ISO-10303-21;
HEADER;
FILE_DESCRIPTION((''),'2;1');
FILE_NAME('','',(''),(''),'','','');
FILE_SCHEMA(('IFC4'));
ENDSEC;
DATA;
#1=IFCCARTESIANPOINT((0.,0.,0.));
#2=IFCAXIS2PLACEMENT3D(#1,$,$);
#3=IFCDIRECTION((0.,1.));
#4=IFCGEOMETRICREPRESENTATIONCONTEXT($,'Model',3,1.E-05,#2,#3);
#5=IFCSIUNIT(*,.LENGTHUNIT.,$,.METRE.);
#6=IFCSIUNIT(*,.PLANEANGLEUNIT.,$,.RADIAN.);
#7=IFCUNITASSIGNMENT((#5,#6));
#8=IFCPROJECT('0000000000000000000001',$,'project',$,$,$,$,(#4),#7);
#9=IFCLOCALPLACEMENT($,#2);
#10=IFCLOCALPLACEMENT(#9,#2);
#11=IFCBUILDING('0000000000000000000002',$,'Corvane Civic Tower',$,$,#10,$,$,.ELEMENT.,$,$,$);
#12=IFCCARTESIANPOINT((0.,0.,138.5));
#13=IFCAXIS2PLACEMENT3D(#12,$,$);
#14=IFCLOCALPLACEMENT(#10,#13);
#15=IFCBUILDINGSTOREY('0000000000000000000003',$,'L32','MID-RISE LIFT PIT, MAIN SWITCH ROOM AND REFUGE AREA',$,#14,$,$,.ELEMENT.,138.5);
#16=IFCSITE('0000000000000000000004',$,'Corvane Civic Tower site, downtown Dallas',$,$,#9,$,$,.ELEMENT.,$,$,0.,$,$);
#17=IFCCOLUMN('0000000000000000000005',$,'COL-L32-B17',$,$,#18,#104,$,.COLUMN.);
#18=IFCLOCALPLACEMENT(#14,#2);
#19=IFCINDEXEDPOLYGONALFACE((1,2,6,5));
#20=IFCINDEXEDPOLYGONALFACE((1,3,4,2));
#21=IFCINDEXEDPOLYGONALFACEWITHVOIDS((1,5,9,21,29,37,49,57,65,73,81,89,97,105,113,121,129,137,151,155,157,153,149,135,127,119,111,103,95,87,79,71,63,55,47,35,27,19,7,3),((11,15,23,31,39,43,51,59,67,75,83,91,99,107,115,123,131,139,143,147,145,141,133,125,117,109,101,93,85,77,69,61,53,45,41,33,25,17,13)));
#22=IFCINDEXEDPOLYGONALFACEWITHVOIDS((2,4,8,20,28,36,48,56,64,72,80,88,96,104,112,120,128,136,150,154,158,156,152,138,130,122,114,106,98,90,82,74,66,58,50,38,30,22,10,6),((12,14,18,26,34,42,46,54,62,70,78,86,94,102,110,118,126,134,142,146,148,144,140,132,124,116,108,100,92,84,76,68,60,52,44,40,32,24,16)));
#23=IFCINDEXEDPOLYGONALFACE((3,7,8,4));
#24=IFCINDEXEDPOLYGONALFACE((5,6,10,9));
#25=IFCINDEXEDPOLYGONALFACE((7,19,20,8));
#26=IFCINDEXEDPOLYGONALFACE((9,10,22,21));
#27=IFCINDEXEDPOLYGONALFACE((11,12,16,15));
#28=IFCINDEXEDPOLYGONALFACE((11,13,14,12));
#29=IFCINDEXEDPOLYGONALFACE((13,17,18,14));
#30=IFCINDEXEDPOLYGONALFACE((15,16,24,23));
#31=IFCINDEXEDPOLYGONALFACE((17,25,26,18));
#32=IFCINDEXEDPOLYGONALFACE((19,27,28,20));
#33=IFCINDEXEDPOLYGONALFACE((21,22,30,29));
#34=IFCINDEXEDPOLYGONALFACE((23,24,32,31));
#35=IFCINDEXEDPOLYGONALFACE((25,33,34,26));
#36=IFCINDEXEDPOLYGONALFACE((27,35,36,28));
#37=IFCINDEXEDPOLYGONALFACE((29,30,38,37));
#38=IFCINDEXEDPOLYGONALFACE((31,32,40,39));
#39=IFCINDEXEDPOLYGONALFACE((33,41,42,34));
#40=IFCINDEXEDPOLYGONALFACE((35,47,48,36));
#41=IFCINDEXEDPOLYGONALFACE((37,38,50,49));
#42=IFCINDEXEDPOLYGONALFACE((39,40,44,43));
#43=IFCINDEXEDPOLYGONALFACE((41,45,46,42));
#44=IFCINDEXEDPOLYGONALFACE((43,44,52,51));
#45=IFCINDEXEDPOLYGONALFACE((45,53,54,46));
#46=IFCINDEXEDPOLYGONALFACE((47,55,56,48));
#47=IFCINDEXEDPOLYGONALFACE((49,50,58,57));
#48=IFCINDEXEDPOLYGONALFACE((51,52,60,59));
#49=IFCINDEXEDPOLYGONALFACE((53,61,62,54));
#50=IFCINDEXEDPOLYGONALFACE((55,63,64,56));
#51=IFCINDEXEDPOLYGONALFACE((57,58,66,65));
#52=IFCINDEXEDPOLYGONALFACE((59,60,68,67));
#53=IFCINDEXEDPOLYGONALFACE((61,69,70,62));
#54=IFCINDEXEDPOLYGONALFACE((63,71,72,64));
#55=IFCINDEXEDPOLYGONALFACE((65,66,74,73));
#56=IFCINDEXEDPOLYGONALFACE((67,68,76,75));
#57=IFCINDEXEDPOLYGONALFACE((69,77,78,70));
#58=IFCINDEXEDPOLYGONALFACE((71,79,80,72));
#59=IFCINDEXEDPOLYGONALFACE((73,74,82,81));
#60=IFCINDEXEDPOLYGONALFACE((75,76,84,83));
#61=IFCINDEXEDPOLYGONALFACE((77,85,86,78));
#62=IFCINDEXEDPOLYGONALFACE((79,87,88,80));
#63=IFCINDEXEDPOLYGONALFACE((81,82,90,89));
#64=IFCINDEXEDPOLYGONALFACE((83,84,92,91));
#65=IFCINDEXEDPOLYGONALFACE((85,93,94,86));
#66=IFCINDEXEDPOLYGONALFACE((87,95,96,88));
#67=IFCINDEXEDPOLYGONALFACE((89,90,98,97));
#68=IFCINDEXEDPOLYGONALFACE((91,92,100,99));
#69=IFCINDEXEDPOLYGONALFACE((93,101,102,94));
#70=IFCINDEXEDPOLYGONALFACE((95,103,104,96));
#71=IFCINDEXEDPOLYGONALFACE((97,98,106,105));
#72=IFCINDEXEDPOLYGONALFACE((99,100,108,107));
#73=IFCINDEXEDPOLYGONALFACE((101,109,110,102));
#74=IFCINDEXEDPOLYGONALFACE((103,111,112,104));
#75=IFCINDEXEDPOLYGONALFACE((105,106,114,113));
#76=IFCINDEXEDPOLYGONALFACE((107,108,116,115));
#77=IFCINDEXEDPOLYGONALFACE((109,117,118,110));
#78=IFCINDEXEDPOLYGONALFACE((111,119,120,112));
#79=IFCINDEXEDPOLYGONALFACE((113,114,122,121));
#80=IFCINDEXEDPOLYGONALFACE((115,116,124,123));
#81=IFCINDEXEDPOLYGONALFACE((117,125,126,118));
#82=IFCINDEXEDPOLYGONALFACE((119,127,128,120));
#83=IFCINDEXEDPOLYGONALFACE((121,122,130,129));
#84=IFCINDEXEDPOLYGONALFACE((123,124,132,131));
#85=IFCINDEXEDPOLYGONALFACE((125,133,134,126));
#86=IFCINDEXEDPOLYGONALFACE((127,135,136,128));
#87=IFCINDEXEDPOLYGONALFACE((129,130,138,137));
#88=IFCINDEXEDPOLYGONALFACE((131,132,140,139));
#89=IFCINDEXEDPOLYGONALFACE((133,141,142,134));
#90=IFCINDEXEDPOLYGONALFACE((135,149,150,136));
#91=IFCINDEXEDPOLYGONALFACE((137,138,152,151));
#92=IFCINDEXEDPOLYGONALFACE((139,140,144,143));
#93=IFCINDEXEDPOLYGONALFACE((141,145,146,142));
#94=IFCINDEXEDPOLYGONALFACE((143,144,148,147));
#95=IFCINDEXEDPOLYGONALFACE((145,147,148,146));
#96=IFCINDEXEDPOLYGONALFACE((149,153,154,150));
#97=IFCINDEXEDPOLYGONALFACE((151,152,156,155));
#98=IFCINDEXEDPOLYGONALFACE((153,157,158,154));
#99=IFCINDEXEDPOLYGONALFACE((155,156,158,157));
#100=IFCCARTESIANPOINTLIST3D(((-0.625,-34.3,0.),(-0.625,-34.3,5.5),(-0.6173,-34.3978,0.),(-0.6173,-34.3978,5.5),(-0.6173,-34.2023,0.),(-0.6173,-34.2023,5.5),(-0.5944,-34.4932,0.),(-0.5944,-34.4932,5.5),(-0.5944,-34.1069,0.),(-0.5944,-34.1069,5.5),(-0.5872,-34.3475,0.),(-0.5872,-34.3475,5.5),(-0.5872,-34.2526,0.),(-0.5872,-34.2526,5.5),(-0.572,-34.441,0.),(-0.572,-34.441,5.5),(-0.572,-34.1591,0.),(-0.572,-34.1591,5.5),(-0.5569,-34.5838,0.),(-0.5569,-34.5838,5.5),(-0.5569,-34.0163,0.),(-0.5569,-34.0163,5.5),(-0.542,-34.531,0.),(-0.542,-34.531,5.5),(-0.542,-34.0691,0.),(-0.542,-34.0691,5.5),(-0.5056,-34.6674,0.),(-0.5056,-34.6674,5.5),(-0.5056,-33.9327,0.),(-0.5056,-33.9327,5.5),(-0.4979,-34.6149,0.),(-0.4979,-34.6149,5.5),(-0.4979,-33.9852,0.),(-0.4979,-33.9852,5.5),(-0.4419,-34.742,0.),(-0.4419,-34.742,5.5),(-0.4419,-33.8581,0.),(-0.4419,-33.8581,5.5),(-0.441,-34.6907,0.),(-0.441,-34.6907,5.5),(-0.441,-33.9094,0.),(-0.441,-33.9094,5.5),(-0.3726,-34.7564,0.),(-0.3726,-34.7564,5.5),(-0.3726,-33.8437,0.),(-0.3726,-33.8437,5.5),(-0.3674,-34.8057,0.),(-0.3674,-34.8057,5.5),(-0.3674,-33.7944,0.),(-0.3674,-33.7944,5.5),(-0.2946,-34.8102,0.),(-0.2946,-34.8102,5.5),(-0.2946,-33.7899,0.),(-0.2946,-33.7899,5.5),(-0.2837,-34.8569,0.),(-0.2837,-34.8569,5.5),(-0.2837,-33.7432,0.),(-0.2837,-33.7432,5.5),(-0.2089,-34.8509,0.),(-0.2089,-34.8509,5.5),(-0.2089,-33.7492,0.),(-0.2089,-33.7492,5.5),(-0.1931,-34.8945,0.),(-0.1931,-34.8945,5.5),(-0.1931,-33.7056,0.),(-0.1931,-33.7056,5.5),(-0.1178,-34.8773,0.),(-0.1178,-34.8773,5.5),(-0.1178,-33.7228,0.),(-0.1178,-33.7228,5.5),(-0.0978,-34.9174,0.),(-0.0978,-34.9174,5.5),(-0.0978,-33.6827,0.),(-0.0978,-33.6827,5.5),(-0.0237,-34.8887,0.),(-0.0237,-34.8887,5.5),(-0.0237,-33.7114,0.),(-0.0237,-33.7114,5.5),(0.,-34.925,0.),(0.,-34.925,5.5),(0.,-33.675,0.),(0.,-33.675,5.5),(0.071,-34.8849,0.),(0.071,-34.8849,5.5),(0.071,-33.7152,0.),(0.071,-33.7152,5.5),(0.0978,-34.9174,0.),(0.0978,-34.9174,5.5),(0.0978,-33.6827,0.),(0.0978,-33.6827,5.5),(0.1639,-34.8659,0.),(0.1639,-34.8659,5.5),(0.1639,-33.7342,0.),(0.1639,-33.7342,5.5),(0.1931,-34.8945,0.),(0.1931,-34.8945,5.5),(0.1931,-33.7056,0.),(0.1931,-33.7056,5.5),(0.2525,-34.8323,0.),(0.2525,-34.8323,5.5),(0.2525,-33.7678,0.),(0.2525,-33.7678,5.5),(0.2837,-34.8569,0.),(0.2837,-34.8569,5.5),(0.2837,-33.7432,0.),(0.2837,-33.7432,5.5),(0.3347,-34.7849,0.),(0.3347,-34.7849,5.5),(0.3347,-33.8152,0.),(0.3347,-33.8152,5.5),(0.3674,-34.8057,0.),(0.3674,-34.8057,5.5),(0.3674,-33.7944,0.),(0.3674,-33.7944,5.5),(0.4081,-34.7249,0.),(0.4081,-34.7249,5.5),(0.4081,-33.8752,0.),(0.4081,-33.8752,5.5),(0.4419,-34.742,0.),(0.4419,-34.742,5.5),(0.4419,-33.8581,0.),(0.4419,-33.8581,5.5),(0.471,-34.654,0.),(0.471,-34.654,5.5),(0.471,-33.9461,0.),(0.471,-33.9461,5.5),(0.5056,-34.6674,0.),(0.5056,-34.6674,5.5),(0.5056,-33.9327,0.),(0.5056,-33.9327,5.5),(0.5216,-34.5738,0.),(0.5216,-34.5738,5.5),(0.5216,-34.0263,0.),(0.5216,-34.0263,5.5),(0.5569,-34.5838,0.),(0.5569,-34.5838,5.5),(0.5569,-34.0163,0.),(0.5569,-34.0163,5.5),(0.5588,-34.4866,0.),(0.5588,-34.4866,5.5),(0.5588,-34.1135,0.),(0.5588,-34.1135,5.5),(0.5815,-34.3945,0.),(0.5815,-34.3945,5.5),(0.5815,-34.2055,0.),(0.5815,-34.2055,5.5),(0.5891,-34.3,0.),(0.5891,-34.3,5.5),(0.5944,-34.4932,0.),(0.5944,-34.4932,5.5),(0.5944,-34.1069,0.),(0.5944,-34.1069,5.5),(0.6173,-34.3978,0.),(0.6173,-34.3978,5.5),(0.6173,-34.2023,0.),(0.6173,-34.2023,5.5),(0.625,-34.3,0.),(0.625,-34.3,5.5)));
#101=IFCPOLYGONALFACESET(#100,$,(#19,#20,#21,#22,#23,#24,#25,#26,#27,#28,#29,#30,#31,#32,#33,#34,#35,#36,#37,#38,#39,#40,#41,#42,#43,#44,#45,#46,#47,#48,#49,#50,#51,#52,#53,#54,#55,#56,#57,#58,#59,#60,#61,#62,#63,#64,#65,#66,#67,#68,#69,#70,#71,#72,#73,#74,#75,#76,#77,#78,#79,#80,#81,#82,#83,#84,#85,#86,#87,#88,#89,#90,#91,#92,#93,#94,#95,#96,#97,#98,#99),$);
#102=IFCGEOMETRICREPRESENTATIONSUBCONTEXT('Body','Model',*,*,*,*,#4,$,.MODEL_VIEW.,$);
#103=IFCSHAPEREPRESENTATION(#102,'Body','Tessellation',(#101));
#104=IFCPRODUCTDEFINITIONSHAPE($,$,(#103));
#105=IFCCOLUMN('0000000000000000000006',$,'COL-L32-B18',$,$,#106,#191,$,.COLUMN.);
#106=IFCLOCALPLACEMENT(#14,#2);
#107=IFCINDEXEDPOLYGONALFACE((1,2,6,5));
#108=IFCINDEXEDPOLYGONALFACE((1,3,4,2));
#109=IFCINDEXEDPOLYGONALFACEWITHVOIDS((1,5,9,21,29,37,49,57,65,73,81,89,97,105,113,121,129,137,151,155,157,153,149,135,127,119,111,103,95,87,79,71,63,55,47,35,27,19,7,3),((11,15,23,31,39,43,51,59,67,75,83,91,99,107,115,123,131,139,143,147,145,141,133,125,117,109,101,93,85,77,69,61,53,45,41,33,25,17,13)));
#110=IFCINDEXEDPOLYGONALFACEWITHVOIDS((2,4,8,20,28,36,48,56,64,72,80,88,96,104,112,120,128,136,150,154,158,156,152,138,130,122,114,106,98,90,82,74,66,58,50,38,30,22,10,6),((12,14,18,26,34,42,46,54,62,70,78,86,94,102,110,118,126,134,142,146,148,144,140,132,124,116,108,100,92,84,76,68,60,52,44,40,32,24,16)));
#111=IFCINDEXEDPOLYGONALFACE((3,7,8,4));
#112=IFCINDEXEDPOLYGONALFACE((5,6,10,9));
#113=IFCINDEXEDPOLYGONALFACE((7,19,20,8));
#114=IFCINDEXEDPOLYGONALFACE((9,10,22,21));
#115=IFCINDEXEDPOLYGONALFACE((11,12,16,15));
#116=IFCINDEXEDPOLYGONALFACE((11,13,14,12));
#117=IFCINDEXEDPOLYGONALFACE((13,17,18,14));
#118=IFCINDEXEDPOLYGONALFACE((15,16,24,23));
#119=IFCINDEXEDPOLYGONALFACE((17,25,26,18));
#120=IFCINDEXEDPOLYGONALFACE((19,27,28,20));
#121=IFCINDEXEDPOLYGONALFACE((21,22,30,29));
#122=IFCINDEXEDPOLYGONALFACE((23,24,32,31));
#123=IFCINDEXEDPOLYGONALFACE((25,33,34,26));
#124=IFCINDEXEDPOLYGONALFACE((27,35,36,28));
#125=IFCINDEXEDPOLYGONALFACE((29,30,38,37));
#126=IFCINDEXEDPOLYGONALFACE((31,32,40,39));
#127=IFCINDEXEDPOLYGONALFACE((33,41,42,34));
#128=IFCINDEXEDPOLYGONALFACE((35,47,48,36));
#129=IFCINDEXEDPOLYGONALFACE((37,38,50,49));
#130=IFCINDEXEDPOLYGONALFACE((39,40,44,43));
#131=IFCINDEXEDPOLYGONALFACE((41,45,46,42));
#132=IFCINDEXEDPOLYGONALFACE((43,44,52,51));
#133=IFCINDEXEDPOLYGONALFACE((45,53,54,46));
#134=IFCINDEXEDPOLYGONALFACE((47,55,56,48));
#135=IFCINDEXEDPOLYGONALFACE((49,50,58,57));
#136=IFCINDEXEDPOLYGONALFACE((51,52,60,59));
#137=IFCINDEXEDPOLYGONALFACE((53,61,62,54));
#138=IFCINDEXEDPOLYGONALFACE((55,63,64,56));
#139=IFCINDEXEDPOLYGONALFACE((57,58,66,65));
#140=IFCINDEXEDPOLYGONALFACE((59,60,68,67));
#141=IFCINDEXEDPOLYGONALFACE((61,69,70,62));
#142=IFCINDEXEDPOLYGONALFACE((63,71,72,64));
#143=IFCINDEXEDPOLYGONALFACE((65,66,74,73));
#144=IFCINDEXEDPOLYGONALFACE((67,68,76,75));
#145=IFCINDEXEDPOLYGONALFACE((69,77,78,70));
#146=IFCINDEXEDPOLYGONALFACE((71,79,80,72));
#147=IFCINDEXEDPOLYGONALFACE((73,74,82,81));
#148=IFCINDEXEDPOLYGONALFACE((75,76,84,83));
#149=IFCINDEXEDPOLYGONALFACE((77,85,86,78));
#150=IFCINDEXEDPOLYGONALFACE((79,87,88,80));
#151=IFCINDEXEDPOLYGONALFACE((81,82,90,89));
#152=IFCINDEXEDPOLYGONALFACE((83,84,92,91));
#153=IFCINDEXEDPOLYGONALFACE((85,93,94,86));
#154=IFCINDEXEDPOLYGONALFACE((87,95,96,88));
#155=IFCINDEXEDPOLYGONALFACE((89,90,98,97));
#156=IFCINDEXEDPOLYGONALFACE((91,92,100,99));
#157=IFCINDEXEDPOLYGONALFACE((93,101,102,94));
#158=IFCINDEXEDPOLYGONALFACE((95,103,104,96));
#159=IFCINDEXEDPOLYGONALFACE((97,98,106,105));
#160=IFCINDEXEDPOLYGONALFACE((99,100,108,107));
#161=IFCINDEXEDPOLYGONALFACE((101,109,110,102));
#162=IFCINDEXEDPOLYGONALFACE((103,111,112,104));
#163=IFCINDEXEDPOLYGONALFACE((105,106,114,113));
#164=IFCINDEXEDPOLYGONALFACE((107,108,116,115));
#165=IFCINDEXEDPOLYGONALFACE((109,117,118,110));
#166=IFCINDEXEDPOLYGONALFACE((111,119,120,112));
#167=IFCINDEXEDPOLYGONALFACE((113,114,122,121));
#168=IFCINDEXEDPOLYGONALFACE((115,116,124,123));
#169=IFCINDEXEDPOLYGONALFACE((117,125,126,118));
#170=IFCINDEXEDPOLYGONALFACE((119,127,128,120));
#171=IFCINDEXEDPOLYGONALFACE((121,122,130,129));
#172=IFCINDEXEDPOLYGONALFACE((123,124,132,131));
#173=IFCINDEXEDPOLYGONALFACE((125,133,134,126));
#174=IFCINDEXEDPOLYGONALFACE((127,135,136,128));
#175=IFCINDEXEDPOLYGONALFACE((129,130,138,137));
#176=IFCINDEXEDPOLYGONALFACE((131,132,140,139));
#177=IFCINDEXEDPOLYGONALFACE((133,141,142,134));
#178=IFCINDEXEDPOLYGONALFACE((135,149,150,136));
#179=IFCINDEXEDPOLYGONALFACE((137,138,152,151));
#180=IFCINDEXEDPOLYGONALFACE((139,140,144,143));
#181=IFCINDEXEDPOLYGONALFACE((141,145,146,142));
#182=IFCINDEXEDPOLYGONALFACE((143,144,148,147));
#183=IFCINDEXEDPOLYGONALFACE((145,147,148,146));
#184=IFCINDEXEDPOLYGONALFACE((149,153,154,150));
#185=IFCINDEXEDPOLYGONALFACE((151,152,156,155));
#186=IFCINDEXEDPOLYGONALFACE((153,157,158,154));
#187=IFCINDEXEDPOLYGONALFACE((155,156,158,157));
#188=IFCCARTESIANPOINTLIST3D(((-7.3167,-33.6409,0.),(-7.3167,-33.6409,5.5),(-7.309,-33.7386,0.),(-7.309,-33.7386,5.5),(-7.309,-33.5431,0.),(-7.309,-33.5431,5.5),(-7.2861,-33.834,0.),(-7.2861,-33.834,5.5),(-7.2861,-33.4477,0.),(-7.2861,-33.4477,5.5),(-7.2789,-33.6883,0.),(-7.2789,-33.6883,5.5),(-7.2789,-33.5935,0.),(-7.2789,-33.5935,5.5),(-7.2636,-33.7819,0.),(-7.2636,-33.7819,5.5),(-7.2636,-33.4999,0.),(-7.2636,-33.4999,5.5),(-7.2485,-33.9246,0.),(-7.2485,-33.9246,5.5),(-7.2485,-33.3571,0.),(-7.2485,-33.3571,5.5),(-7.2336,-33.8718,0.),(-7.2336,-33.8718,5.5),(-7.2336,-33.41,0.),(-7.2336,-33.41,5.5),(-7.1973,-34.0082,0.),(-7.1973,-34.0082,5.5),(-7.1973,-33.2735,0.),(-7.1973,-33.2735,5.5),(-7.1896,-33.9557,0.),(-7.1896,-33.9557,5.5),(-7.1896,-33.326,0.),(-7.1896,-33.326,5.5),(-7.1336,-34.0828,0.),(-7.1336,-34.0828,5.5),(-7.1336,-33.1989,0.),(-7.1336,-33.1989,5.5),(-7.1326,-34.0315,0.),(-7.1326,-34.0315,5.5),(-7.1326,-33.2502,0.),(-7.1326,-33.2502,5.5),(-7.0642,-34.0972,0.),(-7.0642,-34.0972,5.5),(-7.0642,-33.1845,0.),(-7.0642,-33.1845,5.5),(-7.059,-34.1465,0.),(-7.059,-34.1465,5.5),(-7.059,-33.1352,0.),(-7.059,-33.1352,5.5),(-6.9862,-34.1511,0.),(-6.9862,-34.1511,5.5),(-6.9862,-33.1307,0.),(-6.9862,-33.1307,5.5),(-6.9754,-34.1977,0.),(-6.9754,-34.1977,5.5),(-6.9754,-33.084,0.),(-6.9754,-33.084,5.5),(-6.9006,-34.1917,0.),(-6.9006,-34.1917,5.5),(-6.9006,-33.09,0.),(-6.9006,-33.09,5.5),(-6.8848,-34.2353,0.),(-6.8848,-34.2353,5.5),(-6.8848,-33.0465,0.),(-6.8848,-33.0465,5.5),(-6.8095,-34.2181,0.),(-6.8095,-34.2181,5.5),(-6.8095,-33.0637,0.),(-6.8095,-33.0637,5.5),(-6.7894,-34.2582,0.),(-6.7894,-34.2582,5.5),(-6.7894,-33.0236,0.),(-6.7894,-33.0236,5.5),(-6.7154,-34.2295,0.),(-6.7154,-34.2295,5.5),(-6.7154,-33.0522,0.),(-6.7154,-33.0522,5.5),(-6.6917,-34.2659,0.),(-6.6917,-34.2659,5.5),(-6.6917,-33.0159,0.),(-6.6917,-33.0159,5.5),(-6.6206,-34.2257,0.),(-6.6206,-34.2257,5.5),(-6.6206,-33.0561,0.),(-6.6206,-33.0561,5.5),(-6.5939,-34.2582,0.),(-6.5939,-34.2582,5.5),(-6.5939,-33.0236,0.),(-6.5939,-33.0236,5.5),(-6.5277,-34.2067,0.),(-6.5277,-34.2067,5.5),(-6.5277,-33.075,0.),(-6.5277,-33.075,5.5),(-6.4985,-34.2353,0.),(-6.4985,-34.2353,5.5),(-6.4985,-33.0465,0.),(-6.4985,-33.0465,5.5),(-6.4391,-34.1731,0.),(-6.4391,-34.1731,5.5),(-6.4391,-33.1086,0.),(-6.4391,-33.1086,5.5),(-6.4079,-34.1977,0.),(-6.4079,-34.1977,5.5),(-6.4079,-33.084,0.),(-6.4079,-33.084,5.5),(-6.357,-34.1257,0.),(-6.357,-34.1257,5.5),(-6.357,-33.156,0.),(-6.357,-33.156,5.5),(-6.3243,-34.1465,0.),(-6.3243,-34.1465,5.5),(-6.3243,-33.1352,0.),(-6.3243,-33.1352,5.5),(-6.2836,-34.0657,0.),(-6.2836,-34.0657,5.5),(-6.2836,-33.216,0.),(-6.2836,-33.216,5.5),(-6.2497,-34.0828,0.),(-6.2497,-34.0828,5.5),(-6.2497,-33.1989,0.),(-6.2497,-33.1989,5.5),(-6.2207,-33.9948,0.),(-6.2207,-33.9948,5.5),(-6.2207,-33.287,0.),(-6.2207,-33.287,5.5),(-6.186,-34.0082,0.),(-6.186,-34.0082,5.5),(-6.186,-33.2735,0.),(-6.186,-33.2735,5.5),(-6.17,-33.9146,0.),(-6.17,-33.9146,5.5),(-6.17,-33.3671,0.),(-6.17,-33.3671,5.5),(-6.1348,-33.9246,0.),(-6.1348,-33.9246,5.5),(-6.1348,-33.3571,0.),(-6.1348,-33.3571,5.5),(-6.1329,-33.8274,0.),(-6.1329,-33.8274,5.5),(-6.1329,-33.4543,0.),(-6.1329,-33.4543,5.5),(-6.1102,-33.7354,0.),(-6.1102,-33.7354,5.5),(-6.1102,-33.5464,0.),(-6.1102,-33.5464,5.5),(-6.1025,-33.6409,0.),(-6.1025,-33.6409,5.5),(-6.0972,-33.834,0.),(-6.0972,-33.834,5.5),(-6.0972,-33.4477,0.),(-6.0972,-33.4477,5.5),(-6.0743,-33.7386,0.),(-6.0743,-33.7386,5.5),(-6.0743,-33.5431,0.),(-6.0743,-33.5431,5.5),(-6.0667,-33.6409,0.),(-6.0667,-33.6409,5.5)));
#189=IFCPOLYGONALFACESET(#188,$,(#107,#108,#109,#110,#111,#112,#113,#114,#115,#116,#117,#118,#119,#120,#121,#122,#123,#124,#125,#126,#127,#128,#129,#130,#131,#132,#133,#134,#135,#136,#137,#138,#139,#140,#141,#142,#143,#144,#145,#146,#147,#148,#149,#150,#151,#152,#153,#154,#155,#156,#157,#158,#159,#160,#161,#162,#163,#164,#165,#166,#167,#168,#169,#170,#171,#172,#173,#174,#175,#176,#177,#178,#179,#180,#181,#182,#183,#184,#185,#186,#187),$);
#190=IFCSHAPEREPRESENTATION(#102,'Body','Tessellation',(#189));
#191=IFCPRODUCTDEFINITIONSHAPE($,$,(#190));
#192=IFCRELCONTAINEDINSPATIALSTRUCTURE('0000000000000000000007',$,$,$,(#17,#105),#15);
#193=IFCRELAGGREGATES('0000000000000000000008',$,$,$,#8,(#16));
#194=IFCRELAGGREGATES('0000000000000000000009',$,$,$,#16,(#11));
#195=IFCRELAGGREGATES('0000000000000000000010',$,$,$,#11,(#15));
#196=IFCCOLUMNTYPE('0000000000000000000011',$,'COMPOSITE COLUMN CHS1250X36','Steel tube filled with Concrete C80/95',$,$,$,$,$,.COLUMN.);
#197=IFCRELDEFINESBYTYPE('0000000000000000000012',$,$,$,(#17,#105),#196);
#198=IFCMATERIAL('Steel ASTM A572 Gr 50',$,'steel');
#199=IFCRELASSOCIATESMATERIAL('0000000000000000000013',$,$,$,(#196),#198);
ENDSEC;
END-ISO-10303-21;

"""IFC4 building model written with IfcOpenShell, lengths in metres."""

from ifc_helpers import new_model, si_unit, direction, frame, origin, origin_2d, place, context, subcontext, project, spatial, hollow_circle, extrude, material, material_profile, profile_set, type_object, element, save


model = new_model("IFC4")

# Units and contexts
model_context = context("Model", 3, precision=1e-05, world=origin(), true_north=direction((0.0, 1.0)))
body_context = subcontext(model_context, "Body", "Model", "MODEL_VIEW")
ifc_project = project(units=[si_unit("LENGTHUNIT", "METRE"), si_unit("PLANEANGLEUNIT", "RADIAN")], contexts=[model_context])

# Site, building, storey
site_placement = place(None, origin())
site = spatial("IfcSite", under=ifc_project, at=site_placement, Name="Corvane Civic Tower site, downtown Dallas", CompositionType="ELEMENT", RefElevation=0.0)
building_placement = place(site_placement, origin())
building = spatial("IfcBuilding", under=site, at=building_placement, Name="Corvane Civic Tower", CompositionType="ELEMENT")
storey_placement = place(building_placement, frame((0.0, 0.0, 138.5)))
storey = spatial("IfcBuildingStorey", under=building, at=storey_placement, Name="L32", Description="MID-RISE LIFT PIT, MAIN SWITCH ROOM AND REFUGE AREA", CompositionType="ELEMENT", Elevation=138.5)

# Columns
ifc_material_1 = material(Name="Steel ASTM A572 Gr 50", Category="steel")
ifc_material_profile_1 = material_profile(ifc_material_1, hollow_circle(Radius=0.625, WallThickness=0.0359, at=origin_2d()), Name="CHS1250X36")
ifc_profile_set_1 = profile_set([ifc_material_profile_1], Name="Steel ASTM A572 Gr 50")
column_type_1 = type_object("IfcColumnType", Name="COMPOSITE COLUMN CHS1250X36", Description="Steel tube filled with Concrete C80/95", PredefinedType="COLUMN", material=ifc_profile_set_1)
for number, where, z_axis, x_axis, name in (
    (1, (0.0, -34.3, 0.0), (0.0, 0.0, 1.0), (1.0, 0.0, 0.0), "COL-L32-B17"),
    (2, (-6.6917, -33.6409, 0.0), (0.0, 0.0, 1.0), (1.0, 0.0, 0.0), "COL-L32-B18"),
):
    element("IfcColumn", number, at=place(storey_placement, frame(where, z_axis=z_axis, x_axis=x_axis)), inside=storey, type_object=column_type_1, Name=name, PredefinedType="COLUMN", context=body_context, shape_type="SweptSolid", body=[
        extrude(hollow_circle(Radius=0.625, WallThickness=0.0359, at=origin_2d()), origin(), (0.0, 0.0, 1.0), 5.5),
    ])

save(model, "model.ifc")
